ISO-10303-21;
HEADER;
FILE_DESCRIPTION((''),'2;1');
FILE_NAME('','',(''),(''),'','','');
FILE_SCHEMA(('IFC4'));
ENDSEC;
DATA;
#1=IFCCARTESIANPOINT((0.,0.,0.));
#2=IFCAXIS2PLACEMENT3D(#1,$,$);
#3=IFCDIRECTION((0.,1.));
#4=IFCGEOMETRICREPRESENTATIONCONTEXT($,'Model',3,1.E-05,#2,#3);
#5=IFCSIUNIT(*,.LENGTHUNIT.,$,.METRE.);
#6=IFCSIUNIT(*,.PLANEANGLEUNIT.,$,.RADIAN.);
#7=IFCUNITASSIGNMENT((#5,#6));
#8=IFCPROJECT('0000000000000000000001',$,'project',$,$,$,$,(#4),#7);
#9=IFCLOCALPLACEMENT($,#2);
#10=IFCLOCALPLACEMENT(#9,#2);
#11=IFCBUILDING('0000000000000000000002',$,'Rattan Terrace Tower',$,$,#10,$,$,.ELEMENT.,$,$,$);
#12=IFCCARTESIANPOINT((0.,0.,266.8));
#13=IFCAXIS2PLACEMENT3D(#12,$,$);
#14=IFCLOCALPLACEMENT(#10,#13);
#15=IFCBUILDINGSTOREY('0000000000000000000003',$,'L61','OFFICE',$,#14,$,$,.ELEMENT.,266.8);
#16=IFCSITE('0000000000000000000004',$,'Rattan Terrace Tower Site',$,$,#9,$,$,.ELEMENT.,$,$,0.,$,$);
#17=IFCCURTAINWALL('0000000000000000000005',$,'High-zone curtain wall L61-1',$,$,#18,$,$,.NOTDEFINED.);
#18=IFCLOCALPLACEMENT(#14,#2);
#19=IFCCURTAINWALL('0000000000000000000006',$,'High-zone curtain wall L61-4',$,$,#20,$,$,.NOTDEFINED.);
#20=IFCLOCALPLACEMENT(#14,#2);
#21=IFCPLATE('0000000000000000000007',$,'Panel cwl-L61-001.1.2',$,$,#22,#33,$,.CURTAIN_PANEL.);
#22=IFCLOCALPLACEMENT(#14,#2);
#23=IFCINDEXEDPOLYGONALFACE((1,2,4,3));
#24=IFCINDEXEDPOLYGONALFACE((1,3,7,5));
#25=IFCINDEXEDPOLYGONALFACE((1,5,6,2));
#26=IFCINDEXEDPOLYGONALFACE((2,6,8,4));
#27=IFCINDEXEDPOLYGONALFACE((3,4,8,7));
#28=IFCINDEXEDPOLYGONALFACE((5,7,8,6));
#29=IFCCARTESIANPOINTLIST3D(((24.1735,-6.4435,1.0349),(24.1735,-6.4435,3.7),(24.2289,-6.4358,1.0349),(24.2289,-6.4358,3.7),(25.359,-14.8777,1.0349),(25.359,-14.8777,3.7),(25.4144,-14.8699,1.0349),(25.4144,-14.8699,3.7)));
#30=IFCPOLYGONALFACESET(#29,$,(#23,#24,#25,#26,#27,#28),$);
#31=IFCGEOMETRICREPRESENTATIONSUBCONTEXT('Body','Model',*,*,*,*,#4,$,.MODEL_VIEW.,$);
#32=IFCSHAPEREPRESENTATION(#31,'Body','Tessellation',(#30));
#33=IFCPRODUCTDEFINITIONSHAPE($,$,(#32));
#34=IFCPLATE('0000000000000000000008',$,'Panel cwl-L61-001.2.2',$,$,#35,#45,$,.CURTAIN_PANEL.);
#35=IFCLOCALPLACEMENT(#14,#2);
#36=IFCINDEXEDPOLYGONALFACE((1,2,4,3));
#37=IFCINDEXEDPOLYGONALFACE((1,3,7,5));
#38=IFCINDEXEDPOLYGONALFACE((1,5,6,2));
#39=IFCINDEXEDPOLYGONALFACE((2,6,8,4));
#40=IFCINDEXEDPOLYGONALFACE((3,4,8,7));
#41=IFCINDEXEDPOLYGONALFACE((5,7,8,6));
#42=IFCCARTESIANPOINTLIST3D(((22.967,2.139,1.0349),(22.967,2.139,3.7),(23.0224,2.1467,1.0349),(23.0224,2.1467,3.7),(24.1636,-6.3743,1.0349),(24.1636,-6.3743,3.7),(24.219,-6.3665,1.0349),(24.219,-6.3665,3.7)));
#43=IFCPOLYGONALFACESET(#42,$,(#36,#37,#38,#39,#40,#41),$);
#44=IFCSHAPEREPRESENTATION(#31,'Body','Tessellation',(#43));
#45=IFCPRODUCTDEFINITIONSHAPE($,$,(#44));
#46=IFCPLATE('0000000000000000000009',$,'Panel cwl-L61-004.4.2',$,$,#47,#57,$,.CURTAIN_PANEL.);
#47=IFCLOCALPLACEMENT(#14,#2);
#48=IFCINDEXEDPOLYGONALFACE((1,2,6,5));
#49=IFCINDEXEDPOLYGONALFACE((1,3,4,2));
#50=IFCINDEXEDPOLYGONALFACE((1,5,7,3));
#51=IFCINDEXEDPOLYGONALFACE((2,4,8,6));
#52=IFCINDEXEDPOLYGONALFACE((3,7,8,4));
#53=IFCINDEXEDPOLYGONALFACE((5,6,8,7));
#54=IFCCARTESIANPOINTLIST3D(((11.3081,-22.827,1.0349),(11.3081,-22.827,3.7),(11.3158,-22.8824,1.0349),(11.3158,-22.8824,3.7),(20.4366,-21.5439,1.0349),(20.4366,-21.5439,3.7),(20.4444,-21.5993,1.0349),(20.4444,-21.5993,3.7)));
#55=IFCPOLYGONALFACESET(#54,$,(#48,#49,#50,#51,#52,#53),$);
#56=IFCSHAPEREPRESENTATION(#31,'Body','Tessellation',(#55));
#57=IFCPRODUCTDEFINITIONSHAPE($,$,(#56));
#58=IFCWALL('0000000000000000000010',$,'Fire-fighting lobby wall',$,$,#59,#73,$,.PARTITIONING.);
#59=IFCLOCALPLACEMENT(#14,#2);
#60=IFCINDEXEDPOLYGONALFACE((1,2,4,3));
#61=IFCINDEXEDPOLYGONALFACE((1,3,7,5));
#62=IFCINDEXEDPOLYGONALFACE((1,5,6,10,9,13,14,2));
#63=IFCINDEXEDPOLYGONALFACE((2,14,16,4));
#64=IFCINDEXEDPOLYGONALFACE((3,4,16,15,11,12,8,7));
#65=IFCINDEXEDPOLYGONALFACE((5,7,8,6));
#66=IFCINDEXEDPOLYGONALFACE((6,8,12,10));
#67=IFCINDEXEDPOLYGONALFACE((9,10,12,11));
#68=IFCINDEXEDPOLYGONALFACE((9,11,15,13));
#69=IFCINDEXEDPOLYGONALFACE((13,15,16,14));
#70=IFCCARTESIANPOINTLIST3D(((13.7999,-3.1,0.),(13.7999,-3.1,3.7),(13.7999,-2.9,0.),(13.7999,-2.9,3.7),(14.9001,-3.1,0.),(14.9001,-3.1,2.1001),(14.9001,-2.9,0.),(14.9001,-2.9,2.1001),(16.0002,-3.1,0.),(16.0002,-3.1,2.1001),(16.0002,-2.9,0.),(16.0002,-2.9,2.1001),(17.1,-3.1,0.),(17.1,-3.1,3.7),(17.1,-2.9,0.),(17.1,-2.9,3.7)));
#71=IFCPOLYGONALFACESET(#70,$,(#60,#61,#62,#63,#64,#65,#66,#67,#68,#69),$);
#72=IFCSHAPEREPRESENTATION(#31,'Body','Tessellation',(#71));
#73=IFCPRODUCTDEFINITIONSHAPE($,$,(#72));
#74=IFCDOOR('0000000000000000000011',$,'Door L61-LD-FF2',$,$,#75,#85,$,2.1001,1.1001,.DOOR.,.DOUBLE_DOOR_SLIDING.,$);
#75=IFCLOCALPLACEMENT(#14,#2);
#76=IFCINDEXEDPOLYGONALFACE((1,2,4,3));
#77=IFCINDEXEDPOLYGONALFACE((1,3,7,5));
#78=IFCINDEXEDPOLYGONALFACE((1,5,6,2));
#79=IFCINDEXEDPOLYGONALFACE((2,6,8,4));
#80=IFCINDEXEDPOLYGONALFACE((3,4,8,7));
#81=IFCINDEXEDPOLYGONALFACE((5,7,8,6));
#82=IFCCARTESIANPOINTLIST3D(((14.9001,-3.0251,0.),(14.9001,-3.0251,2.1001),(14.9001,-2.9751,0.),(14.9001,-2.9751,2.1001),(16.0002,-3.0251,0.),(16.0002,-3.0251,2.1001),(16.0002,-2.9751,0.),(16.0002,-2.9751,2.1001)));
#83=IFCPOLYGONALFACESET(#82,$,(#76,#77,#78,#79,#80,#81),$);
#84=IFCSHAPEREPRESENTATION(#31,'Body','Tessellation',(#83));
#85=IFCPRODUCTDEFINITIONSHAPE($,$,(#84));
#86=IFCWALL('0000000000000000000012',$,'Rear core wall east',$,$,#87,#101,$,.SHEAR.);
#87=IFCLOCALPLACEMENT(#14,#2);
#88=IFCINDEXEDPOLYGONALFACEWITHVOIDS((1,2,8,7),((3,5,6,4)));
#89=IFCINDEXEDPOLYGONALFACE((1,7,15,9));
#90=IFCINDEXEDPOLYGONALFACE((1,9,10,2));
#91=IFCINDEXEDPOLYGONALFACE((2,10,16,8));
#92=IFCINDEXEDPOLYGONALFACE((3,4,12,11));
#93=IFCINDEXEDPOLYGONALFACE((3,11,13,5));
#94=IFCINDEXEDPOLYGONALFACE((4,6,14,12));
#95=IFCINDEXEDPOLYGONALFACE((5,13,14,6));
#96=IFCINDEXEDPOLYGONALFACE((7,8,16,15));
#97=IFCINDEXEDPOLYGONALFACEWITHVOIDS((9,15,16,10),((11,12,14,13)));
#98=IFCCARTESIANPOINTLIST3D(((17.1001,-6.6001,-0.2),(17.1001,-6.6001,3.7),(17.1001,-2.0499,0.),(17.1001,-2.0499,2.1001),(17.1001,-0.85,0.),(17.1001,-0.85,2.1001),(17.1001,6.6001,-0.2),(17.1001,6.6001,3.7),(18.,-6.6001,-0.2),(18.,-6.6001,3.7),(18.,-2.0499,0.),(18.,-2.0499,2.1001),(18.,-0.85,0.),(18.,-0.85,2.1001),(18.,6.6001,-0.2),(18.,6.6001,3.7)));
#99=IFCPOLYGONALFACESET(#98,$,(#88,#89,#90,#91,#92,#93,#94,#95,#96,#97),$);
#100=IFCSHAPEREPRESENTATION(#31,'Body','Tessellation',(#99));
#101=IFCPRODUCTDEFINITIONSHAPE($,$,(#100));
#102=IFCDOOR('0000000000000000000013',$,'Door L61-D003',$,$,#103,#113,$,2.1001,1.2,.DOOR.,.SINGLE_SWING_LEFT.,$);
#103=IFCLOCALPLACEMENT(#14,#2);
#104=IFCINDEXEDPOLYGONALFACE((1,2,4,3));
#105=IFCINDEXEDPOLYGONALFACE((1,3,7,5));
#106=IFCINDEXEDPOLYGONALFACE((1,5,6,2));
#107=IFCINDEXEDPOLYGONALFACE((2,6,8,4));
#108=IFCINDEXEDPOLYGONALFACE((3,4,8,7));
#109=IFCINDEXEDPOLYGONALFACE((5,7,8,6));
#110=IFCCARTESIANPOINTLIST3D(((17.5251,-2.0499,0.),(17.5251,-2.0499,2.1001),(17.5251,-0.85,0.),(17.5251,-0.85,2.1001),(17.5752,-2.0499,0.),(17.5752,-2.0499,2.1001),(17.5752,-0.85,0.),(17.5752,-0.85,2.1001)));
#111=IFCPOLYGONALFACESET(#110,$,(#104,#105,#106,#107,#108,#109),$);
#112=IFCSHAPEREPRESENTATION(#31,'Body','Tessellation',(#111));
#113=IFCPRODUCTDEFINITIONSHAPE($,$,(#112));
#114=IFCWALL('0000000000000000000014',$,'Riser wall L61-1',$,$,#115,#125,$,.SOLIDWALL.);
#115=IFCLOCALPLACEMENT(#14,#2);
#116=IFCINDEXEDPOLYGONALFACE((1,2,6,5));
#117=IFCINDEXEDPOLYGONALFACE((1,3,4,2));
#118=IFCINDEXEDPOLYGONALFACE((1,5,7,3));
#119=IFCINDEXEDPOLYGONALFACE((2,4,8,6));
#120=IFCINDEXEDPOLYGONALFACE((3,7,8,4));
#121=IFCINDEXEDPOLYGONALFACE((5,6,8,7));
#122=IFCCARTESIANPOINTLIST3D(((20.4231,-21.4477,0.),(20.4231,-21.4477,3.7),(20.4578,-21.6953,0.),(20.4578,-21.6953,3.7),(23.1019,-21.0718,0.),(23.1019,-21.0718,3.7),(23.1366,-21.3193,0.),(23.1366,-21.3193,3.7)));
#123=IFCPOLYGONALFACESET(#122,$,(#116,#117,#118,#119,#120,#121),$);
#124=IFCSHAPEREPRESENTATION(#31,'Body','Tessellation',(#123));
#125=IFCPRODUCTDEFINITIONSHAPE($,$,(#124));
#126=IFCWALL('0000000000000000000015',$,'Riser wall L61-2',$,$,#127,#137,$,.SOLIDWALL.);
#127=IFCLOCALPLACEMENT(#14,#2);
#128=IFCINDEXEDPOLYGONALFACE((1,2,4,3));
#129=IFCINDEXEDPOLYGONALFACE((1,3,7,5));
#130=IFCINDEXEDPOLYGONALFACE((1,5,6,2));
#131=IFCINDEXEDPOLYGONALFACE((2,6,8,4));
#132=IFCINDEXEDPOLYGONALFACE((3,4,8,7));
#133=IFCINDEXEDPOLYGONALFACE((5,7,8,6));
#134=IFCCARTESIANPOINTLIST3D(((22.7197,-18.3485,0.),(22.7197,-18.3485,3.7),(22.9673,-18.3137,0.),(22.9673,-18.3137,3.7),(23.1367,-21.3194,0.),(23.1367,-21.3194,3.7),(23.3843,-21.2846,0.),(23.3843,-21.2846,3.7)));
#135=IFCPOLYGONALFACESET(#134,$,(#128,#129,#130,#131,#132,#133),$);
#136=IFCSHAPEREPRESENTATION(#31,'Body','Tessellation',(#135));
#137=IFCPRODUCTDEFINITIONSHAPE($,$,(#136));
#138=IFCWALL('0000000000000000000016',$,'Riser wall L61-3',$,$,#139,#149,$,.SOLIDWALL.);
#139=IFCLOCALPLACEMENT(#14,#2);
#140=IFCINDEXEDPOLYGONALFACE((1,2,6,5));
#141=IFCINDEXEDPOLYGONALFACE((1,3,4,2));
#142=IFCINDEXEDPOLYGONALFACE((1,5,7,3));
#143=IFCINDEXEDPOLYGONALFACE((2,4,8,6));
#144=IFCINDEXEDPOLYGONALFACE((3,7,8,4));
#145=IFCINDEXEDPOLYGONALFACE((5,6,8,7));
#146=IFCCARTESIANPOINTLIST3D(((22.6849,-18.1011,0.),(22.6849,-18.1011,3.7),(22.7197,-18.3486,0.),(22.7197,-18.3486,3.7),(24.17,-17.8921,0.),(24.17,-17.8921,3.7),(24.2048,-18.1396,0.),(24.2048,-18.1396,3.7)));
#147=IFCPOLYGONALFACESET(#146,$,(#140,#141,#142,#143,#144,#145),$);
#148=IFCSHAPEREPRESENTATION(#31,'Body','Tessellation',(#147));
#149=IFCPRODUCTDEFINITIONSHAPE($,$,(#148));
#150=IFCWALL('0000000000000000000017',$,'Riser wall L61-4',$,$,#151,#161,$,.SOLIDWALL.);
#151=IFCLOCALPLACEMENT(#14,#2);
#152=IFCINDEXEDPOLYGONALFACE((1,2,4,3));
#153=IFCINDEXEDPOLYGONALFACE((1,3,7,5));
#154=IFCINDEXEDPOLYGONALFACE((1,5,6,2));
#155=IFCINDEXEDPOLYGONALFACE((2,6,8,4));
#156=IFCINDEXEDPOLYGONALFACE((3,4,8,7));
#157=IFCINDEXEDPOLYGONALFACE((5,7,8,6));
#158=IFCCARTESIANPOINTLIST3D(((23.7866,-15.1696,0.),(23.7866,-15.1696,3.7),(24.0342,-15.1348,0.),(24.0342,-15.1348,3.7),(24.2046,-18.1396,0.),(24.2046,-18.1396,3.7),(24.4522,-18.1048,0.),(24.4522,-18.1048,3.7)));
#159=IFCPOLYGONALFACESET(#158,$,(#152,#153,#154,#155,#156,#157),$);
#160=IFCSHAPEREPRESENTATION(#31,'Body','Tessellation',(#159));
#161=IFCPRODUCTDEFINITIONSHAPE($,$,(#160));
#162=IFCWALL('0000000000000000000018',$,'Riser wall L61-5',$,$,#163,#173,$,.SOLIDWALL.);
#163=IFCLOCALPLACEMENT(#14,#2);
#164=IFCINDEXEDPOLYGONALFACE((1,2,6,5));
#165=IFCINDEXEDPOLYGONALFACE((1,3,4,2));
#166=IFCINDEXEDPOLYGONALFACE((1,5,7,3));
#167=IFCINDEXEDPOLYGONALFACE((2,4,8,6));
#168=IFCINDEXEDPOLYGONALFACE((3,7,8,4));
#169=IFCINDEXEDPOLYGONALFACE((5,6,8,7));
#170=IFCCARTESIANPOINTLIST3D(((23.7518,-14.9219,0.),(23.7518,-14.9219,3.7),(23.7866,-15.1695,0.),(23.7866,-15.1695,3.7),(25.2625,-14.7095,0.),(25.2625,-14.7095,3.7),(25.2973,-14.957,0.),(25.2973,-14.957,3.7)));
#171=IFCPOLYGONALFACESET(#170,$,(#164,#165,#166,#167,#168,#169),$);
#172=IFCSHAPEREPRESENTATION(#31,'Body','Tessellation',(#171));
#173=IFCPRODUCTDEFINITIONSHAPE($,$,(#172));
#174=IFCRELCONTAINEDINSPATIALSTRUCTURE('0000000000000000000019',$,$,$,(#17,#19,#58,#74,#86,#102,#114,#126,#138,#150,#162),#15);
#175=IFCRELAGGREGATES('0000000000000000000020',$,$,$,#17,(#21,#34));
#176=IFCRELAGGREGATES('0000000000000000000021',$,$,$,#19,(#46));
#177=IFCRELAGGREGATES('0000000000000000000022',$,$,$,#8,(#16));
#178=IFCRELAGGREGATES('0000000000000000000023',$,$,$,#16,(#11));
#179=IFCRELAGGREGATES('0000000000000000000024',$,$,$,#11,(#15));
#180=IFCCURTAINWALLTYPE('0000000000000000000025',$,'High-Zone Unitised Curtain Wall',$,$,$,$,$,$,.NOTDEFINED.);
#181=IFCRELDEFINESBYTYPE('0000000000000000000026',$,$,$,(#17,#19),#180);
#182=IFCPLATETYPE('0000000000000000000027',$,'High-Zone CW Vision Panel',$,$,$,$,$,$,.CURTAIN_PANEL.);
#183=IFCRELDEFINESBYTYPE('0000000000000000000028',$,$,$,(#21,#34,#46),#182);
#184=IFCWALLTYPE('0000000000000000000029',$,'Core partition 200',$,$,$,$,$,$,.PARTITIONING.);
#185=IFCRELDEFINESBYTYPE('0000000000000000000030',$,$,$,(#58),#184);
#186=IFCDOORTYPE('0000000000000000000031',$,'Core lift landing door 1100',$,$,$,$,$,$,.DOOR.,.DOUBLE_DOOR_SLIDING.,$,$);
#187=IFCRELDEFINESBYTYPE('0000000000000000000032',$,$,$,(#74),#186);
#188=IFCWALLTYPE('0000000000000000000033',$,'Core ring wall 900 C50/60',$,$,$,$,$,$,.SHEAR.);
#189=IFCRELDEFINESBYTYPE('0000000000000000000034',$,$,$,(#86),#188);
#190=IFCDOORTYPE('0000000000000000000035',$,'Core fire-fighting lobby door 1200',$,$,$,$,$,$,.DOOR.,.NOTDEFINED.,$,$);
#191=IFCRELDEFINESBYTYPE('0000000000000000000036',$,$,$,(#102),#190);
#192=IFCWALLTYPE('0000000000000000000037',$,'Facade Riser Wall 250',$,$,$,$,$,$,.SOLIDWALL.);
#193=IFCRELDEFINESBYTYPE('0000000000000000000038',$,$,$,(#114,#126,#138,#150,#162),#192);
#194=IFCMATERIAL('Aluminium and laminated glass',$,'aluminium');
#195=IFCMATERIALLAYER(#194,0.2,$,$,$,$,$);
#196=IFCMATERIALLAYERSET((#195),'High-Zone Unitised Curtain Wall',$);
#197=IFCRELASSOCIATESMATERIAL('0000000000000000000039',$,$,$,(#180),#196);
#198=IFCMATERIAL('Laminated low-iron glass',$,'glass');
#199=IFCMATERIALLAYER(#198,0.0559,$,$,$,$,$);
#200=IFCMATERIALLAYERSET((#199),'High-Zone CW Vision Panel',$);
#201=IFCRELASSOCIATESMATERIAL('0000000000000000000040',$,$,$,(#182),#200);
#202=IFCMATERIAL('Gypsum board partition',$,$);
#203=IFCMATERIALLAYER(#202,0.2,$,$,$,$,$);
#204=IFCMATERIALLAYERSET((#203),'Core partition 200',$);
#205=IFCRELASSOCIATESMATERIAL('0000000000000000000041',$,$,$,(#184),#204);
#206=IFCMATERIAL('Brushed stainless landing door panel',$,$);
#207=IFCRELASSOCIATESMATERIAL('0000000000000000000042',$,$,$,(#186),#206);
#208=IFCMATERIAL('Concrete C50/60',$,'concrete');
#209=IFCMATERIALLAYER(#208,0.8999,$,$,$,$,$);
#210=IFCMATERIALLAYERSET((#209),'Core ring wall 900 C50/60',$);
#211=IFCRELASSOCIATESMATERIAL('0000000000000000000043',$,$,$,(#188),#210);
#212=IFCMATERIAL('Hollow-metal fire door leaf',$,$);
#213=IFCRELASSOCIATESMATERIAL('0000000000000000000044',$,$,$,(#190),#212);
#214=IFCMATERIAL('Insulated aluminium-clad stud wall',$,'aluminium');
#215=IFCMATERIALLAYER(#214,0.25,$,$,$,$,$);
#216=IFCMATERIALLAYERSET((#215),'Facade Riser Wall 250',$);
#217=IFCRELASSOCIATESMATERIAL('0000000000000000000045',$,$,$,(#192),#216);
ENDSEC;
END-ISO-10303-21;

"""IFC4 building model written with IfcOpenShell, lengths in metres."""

from ifc_helpers import new_model, si_unit, direction, frame, frame_2d, origin, origin_2d, place, context, subcontext, project, spatial, rectangle, extrude, material, layer, layer_set, type_object, element, fill, aggregate, save


model = new_model("IFC4")

# Units and contexts
model_context = context("Model", 3, precision=1e-05, world=origin(), true_north=direction((0.0, 1.0)))
body_context = subcontext(model_context, "Body", "Model", "MODEL_VIEW")
ifc_project = project(units=[si_unit("LENGTHUNIT", "METRE"), si_unit("PLANEANGLEUNIT", "RADIAN")], contexts=[model_context])

# Site, building, storey
site_placement = place(None, origin())
site = spatial("IfcSite", under=ifc_project, at=site_placement, Name="Rattan Terrace Tower Site", CompositionType="ELEMENT", RefElevation=0.0)
building_placement = place(site_placement, origin())
building = spatial("IfcBuilding", under=site, at=building_placement, Name="Rattan Terrace Tower", CompositionType="ELEMENT")
storey_placement = place(building_placement, frame((0.0, 0.0, 266.8)))
storey = spatial("IfcBuildingStorey", under=building, at=storey_placement, Name="L61", Description="OFFICE", CompositionType="ELEMENT", Elevation=266.8)

# Curtain wall
ifc_material_1 = material(Name="Aluminium and laminated glass", Category="aluminium")
ifc_layer_1 = layer(ifc_material_1, 0.2)
ifc_layer_set_1 = layer_set([ifc_layer_1], Name="High-Zone Unitised Curtain Wall")
curtain_wall_type = type_object("IfcCurtainWallType", Name="High-Zone Unitised Curtain Wall", PredefinedType="NOTDEFINED", material=ifc_layer_set_1)
curtain_wall_1_placement = place(storey_placement, origin())
curtain_wall_1 = element("IfcCurtainWall", 1, at=curtain_wall_1_placement, inside=storey, type_object=curtain_wall_type, Name="High-zone curtain wall L61-1", PredefinedType="NOTDEFINED")

# Curtain wall
curtain_wall_2_placement = place(storey_placement, origin())
curtain_wall_2 = element("IfcCurtainWall", 2, at=curtain_wall_2_placement, inside=storey, type_object=curtain_wall_type, Name="High-zone curtain wall L61-4", PredefinedType="NOTDEFINED")

# Plates
ifc_material_2 = material(Name="Laminated low-iron glass", Category="glass")
ifc_layer_2 = layer(ifc_material_2, 0.0559)
ifc_layer_set_2 = layer_set([ifc_layer_2], Name="High-Zone CW Vision Panel")
plate_type_1 = type_object("IfcPlateType", Name="High-Zone CW Vision Panel", PredefinedType="CURTAIN_PANEL", material=ifc_layer_set_2)
plate_1_placement = place(storey_placement, frame((24.7939, -10.6567, 1.0349), z_axis=(0.0, 0.0, 1.0), x_axis=(-0.139192, 0.990265, 0.0)))
plate_1 = element("IfcPlate", 3, at=plate_1_placement, type_object=plate_type_1, Name="Panel cwl-L61-001.1.2", PredefinedType="CURTAIN_PANEL", context=body_context, shape_type="SweptSolid", body=[
    extrude(rectangle(XDim=8.5171, YDim=0.0559, at=origin_2d()), origin(), (0.0, 0.0, 1.0), 2.665),
])
plate_2_placement = place(storey_placement, frame((23.593, -2.1138, 1.0349), z_axis=(0.0, 0.0, 1.0), x_axis=(-0.139192, 0.990265, 0.0)))
plate_2 = element("IfcPlate", 4, at=plate_2_placement, type_object=plate_type_1, Name="Panel cwl-L61-001.2.2", PredefinedType="CURTAIN_PANEL", context=body_context, shape_type="SweptSolid", body=[
    extrude(rectangle(XDim=8.5969, YDim=0.0559, at=origin_2d()), origin(), (0.0, 0.0, 1.0), 2.665),
])
aggregate(curtain_wall_1, [plate_1, plate_2])
plate_3_placement = place(storey_placement, frame((15.8762, -22.2131, 1.0349), z_axis=(0.0, 0.0, 1.0), x_axis=(0.990266, 0.139189, 0.0)))
plate_3 = element("IfcPlate", 5, at=plate_3_placement, type_object=plate_type_1, Name="Panel cwl-L61-004.4.2", PredefinedType="CURTAIN_PANEL", context=body_context, shape_type="SweptSolid", body=[
    extrude(rectangle(XDim=9.2183, YDim=0.0559, at=origin_2d()), origin(), (0.0, 0.0, 1.0), 2.665),
])
aggregate(curtain_wall_2, [plate_3])

# Walls, openings, doors
ifc_material_3 = material(Name="Gypsum board partition")
ifc_layer_3 = layer(ifc_material_3, 0.2)
ifc_layer_set_3 = layer_set([ifc_layer_3], Name="Core partition 200")
wall_type_1 = type_object("IfcWallType", Name="Core partition 200", PredefinedType="PARTITIONING", material=ifc_layer_set_3)
wall_1_placement = place(storey_placement, frame((13.8, -3.0, 0.0), z_axis=(0.0, 0.0, 1.0), x_axis=(1.0, 0.0, 0.0)))
wall_1 = element("IfcWall", 6, at=wall_1_placement, inside=storey, type_object=wall_type_1, Name="Fire-fighting lobby wall", PredefinedType="PARTITIONING", context=body_context, shape_type="SweptSolid", body=[
    extrude(rectangle(XDim=3.3, YDim=0.2, at=frame_2d((1.6499, 0.0))), origin(), (0.0, 0.0, 1.0), 3.7),
])
opening_1_placement = place(wall_1_placement, frame((1.1001, 0.0, 0.0)))
opening_1 = element("IfcOpeningElement", 7, at=opening_1_placement, cuts=wall_1, PredefinedType="OPENING", context=body_context, shape_type="SweptSolid", body=[
    extrude(rectangle(XDim=1.1001, YDim=2.1001, at=frame_2d((0.55, 1.05))), frame((0.0, 0.1106, 0.0), z_axis=(0.0, -1.0, 0.0), x_axis=(1.0, 0.0, 0.0)), (0.0, 0.0, 1.0), 0.2209),
])
ifc_material_4 = material(Name="Brushed stainless landing door panel")
door_type_1 = type_object("IfcDoorType", Name="Core lift landing door 1100", OperationType="DOUBLE_DOOR_SLIDING", PredefinedType="DOOR", material=ifc_material_4)
door_1_placement = place(opening_1_placement, origin())
door_1 = element("IfcDoor", 8, at=door_1_placement, inside=storey, type_object=door_type_1, Name="Door L61-LD-FF2", OperationType="DOUBLE_DOOR_SLIDING", OverallHeight=2.1001, OverallWidth=1.1001, PredefinedType="DOOR", context=body_context, shape_type="SweptSolid", body=[
    extrude(rectangle(XDim=1.1001, YDim=2.1001, at=frame_2d((0.55, 1.05))), frame((0.0, 0.0249, 0.0), z_axis=(0.0, -1.0, 0.0), x_axis=(1.0, 0.0, 0.0)), (0.0, 0.0, 1.0), 0.05),
])
fill(opening_1, door_1)
ifc_material_5 = material(Name="Concrete C50/60", Category="concrete")
ifc_layer_4 = layer(ifc_material_5, 0.8999)
ifc_layer_set_4 = layer_set([ifc_layer_4], Name="Core ring wall 900 C50/60")
wall_type_2 = type_object("IfcWallType", Name="Core ring wall 900 C50/60", PredefinedType="SHEAR", material=ifc_layer_set_4)
wall_2_placement = place(storey_placement, frame((17.55, -6.6001, -0.2), z_axis=(0.0, 0.0, 1.0), x_axis=(0.0, 1.0, 0.0)))
wall_2 = element("IfcWall", 9, at=wall_2_placement, inside=storey, type_object=wall_type_2, Name="Rear core wall east", PredefinedType="SHEAR", context=body_context, shape_type="SweptSolid", body=[
    extrude(rectangle(XDim=13.2002, YDim=0.8999, at=frame_2d((6.6001, 0.0))), origin(), (0.0, 0.0, 1.0), 3.8999),
])
opening_2_placement = place(wall_2_placement, frame((4.55, 0.0, 0.2)))
opening_2 = element("IfcOpeningElement", 10, at=opening_2_placement, cuts=wall_2, PredefinedType="OPENING", context=body_context, shape_type="SweptSolid", body=[
    extrude(rectangle(XDim=1.2, YDim=2.1001, at=frame_2d((0.6001, 1.05))), frame((0.0, 0.4604, 0.0), z_axis=(0.0, -1.0, 0.0), x_axis=(1.0, 0.0, 0.0)), (0.0, 0.0, 1.0), 0.9209),
])
ifc_material_6 = material(Name="Hollow-metal fire door leaf")
door_type_2 = type_object("IfcDoorType", Name="Core fire-fighting lobby door 1200", OperationType="NOTDEFINED", PredefinedType="DOOR", material=ifc_material_6)
door_2_placement = place(opening_2_placement, origin())
door_2 = element("IfcDoor", 11, at=door_2_placement, inside=storey, type_object=door_type_2, Name="Door L61-D003", OperationType="SINGLE_SWING_LEFT", OverallHeight=2.1001, OverallWidth=1.2, PredefinedType="DOOR", context=body_context, shape_type="SweptSolid", body=[
    extrude(rectangle(XDim=1.2, YDim=2.1001, at=frame_2d((0.6001, 1.05))), frame((0.0, 0.0249, 0.0), z_axis=(0.0, -1.0, 0.0), x_axis=(1.0, 0.0, 0.0)), (0.0, 0.0, 1.0), 0.05),
])
fill(opening_2, door_2)

# Walls
ifc_material_7 = material(Name="Insulated aluminium-clad stud wall", Category="aluminium")
ifc_layer_5 = layer(ifc_material_7, 0.25)
ifc_layer_set_5 = layer_set([ifc_layer_5], Name="Facade Riser Wall 250")
wall_type_3 = type_object("IfcWallType", Name="Facade Riser Wall 250", PredefinedType="SOLIDWALL", material=ifc_layer_set_5)
wall_3_placement = place(storey_placement, frame((20.4404, -21.5715, 0.0), z_axis=(0.0, 0.0, 1.0), x_axis=(0.990293, 0.138995, 0.0)))
element("IfcWall", 12, at=wall_3_placement, inside=storey, type_object=wall_type_3, Name="Riser wall L61-1", PredefinedType="SOLIDWALL", context=body_context, shape_type="SweptSolid", body=[
    extrude(rectangle(XDim=2.7051, YDim=0.25, at=frame_2d((1.3525, 0.0))), origin(), (0.0, 0.0, 1.0), 3.7),
])
wall_4_placement = place(storey_placement, frame((23.2605, -21.302, 0.0), z_axis=(0.0, 0.0, 1.0), x_axis=(-0.138994, 0.990293, 0.0)))
element("IfcWall", 13, at=wall_4_placement, inside=storey, type_object=wall_type_3, Name="Riser wall L61-2", PredefinedType="SOLIDWALL", context=body_context, shape_type="SweptSolid", body=[
    extrude(rectangle(XDim=3.0, YDim=0.25, at=frame_2d((1.5, 0.0))), origin(), (0.0, 0.0, 1.0), 3.7),
])
wall_5_placement = place(storey_placement, frame((22.7021, -18.2249, 0.0), z_axis=(0.0, 0.0, 1.0), x_axis=(0.990244, 0.139347, 0.0)))
element("IfcWall", 14, at=wall_5_placement, inside=storey, type_object=wall_type_3, Name="Riser wall L61-3", PredefinedType="SOLIDWALL", context=body_context, shape_type="SweptSolid", body=[
    extrude(rectangle(XDim=1.4998, YDim=0.25, at=frame_2d((0.75, 0.0))), origin(), (0.0, 0.0, 1.0), 3.7),
])
wall_6_placement = place(storey_placement, frame((24.3284, -18.1221, 0.0), z_axis=(0.0, 0.0, 1.0), x_axis=(-0.139358, 0.990242, 0.0)))
element("IfcWall", 15, at=wall_6_placement, inside=storey, type_object=wall_type_3, Name="Riser wall L61-4", PredefinedType="SOLIDWALL", context=body_context, shape_type="SweptSolid", body=[
    extrude(rectangle(XDim=2.9993, YDim=0.25, at=frame_2d((1.4995, 0.0))), origin(), (0.0, 0.0, 1.0), 3.7),
])
wall_7_placement = place(storey_placement, frame((23.7693, -15.0457, 0.0), z_axis=(0.0, 0.0, 1.0), x_axis=(0.990261, 0.139225, 0.0)))
element("IfcWall", 16, at=wall_7_placement, inside=storey, type_object=wall_type_3, Name="Riser wall L61-5", PredefinedType="SOLIDWALL", context=body_context, shape_type="SweptSolid", body=[
    extrude(rectangle(XDim=1.5256, YDim=0.25, at=frame_2d((0.7627, 0.0))), origin(), (0.0, 0.0, 1.0), 3.7),
])

save(model, "model.ifc")
